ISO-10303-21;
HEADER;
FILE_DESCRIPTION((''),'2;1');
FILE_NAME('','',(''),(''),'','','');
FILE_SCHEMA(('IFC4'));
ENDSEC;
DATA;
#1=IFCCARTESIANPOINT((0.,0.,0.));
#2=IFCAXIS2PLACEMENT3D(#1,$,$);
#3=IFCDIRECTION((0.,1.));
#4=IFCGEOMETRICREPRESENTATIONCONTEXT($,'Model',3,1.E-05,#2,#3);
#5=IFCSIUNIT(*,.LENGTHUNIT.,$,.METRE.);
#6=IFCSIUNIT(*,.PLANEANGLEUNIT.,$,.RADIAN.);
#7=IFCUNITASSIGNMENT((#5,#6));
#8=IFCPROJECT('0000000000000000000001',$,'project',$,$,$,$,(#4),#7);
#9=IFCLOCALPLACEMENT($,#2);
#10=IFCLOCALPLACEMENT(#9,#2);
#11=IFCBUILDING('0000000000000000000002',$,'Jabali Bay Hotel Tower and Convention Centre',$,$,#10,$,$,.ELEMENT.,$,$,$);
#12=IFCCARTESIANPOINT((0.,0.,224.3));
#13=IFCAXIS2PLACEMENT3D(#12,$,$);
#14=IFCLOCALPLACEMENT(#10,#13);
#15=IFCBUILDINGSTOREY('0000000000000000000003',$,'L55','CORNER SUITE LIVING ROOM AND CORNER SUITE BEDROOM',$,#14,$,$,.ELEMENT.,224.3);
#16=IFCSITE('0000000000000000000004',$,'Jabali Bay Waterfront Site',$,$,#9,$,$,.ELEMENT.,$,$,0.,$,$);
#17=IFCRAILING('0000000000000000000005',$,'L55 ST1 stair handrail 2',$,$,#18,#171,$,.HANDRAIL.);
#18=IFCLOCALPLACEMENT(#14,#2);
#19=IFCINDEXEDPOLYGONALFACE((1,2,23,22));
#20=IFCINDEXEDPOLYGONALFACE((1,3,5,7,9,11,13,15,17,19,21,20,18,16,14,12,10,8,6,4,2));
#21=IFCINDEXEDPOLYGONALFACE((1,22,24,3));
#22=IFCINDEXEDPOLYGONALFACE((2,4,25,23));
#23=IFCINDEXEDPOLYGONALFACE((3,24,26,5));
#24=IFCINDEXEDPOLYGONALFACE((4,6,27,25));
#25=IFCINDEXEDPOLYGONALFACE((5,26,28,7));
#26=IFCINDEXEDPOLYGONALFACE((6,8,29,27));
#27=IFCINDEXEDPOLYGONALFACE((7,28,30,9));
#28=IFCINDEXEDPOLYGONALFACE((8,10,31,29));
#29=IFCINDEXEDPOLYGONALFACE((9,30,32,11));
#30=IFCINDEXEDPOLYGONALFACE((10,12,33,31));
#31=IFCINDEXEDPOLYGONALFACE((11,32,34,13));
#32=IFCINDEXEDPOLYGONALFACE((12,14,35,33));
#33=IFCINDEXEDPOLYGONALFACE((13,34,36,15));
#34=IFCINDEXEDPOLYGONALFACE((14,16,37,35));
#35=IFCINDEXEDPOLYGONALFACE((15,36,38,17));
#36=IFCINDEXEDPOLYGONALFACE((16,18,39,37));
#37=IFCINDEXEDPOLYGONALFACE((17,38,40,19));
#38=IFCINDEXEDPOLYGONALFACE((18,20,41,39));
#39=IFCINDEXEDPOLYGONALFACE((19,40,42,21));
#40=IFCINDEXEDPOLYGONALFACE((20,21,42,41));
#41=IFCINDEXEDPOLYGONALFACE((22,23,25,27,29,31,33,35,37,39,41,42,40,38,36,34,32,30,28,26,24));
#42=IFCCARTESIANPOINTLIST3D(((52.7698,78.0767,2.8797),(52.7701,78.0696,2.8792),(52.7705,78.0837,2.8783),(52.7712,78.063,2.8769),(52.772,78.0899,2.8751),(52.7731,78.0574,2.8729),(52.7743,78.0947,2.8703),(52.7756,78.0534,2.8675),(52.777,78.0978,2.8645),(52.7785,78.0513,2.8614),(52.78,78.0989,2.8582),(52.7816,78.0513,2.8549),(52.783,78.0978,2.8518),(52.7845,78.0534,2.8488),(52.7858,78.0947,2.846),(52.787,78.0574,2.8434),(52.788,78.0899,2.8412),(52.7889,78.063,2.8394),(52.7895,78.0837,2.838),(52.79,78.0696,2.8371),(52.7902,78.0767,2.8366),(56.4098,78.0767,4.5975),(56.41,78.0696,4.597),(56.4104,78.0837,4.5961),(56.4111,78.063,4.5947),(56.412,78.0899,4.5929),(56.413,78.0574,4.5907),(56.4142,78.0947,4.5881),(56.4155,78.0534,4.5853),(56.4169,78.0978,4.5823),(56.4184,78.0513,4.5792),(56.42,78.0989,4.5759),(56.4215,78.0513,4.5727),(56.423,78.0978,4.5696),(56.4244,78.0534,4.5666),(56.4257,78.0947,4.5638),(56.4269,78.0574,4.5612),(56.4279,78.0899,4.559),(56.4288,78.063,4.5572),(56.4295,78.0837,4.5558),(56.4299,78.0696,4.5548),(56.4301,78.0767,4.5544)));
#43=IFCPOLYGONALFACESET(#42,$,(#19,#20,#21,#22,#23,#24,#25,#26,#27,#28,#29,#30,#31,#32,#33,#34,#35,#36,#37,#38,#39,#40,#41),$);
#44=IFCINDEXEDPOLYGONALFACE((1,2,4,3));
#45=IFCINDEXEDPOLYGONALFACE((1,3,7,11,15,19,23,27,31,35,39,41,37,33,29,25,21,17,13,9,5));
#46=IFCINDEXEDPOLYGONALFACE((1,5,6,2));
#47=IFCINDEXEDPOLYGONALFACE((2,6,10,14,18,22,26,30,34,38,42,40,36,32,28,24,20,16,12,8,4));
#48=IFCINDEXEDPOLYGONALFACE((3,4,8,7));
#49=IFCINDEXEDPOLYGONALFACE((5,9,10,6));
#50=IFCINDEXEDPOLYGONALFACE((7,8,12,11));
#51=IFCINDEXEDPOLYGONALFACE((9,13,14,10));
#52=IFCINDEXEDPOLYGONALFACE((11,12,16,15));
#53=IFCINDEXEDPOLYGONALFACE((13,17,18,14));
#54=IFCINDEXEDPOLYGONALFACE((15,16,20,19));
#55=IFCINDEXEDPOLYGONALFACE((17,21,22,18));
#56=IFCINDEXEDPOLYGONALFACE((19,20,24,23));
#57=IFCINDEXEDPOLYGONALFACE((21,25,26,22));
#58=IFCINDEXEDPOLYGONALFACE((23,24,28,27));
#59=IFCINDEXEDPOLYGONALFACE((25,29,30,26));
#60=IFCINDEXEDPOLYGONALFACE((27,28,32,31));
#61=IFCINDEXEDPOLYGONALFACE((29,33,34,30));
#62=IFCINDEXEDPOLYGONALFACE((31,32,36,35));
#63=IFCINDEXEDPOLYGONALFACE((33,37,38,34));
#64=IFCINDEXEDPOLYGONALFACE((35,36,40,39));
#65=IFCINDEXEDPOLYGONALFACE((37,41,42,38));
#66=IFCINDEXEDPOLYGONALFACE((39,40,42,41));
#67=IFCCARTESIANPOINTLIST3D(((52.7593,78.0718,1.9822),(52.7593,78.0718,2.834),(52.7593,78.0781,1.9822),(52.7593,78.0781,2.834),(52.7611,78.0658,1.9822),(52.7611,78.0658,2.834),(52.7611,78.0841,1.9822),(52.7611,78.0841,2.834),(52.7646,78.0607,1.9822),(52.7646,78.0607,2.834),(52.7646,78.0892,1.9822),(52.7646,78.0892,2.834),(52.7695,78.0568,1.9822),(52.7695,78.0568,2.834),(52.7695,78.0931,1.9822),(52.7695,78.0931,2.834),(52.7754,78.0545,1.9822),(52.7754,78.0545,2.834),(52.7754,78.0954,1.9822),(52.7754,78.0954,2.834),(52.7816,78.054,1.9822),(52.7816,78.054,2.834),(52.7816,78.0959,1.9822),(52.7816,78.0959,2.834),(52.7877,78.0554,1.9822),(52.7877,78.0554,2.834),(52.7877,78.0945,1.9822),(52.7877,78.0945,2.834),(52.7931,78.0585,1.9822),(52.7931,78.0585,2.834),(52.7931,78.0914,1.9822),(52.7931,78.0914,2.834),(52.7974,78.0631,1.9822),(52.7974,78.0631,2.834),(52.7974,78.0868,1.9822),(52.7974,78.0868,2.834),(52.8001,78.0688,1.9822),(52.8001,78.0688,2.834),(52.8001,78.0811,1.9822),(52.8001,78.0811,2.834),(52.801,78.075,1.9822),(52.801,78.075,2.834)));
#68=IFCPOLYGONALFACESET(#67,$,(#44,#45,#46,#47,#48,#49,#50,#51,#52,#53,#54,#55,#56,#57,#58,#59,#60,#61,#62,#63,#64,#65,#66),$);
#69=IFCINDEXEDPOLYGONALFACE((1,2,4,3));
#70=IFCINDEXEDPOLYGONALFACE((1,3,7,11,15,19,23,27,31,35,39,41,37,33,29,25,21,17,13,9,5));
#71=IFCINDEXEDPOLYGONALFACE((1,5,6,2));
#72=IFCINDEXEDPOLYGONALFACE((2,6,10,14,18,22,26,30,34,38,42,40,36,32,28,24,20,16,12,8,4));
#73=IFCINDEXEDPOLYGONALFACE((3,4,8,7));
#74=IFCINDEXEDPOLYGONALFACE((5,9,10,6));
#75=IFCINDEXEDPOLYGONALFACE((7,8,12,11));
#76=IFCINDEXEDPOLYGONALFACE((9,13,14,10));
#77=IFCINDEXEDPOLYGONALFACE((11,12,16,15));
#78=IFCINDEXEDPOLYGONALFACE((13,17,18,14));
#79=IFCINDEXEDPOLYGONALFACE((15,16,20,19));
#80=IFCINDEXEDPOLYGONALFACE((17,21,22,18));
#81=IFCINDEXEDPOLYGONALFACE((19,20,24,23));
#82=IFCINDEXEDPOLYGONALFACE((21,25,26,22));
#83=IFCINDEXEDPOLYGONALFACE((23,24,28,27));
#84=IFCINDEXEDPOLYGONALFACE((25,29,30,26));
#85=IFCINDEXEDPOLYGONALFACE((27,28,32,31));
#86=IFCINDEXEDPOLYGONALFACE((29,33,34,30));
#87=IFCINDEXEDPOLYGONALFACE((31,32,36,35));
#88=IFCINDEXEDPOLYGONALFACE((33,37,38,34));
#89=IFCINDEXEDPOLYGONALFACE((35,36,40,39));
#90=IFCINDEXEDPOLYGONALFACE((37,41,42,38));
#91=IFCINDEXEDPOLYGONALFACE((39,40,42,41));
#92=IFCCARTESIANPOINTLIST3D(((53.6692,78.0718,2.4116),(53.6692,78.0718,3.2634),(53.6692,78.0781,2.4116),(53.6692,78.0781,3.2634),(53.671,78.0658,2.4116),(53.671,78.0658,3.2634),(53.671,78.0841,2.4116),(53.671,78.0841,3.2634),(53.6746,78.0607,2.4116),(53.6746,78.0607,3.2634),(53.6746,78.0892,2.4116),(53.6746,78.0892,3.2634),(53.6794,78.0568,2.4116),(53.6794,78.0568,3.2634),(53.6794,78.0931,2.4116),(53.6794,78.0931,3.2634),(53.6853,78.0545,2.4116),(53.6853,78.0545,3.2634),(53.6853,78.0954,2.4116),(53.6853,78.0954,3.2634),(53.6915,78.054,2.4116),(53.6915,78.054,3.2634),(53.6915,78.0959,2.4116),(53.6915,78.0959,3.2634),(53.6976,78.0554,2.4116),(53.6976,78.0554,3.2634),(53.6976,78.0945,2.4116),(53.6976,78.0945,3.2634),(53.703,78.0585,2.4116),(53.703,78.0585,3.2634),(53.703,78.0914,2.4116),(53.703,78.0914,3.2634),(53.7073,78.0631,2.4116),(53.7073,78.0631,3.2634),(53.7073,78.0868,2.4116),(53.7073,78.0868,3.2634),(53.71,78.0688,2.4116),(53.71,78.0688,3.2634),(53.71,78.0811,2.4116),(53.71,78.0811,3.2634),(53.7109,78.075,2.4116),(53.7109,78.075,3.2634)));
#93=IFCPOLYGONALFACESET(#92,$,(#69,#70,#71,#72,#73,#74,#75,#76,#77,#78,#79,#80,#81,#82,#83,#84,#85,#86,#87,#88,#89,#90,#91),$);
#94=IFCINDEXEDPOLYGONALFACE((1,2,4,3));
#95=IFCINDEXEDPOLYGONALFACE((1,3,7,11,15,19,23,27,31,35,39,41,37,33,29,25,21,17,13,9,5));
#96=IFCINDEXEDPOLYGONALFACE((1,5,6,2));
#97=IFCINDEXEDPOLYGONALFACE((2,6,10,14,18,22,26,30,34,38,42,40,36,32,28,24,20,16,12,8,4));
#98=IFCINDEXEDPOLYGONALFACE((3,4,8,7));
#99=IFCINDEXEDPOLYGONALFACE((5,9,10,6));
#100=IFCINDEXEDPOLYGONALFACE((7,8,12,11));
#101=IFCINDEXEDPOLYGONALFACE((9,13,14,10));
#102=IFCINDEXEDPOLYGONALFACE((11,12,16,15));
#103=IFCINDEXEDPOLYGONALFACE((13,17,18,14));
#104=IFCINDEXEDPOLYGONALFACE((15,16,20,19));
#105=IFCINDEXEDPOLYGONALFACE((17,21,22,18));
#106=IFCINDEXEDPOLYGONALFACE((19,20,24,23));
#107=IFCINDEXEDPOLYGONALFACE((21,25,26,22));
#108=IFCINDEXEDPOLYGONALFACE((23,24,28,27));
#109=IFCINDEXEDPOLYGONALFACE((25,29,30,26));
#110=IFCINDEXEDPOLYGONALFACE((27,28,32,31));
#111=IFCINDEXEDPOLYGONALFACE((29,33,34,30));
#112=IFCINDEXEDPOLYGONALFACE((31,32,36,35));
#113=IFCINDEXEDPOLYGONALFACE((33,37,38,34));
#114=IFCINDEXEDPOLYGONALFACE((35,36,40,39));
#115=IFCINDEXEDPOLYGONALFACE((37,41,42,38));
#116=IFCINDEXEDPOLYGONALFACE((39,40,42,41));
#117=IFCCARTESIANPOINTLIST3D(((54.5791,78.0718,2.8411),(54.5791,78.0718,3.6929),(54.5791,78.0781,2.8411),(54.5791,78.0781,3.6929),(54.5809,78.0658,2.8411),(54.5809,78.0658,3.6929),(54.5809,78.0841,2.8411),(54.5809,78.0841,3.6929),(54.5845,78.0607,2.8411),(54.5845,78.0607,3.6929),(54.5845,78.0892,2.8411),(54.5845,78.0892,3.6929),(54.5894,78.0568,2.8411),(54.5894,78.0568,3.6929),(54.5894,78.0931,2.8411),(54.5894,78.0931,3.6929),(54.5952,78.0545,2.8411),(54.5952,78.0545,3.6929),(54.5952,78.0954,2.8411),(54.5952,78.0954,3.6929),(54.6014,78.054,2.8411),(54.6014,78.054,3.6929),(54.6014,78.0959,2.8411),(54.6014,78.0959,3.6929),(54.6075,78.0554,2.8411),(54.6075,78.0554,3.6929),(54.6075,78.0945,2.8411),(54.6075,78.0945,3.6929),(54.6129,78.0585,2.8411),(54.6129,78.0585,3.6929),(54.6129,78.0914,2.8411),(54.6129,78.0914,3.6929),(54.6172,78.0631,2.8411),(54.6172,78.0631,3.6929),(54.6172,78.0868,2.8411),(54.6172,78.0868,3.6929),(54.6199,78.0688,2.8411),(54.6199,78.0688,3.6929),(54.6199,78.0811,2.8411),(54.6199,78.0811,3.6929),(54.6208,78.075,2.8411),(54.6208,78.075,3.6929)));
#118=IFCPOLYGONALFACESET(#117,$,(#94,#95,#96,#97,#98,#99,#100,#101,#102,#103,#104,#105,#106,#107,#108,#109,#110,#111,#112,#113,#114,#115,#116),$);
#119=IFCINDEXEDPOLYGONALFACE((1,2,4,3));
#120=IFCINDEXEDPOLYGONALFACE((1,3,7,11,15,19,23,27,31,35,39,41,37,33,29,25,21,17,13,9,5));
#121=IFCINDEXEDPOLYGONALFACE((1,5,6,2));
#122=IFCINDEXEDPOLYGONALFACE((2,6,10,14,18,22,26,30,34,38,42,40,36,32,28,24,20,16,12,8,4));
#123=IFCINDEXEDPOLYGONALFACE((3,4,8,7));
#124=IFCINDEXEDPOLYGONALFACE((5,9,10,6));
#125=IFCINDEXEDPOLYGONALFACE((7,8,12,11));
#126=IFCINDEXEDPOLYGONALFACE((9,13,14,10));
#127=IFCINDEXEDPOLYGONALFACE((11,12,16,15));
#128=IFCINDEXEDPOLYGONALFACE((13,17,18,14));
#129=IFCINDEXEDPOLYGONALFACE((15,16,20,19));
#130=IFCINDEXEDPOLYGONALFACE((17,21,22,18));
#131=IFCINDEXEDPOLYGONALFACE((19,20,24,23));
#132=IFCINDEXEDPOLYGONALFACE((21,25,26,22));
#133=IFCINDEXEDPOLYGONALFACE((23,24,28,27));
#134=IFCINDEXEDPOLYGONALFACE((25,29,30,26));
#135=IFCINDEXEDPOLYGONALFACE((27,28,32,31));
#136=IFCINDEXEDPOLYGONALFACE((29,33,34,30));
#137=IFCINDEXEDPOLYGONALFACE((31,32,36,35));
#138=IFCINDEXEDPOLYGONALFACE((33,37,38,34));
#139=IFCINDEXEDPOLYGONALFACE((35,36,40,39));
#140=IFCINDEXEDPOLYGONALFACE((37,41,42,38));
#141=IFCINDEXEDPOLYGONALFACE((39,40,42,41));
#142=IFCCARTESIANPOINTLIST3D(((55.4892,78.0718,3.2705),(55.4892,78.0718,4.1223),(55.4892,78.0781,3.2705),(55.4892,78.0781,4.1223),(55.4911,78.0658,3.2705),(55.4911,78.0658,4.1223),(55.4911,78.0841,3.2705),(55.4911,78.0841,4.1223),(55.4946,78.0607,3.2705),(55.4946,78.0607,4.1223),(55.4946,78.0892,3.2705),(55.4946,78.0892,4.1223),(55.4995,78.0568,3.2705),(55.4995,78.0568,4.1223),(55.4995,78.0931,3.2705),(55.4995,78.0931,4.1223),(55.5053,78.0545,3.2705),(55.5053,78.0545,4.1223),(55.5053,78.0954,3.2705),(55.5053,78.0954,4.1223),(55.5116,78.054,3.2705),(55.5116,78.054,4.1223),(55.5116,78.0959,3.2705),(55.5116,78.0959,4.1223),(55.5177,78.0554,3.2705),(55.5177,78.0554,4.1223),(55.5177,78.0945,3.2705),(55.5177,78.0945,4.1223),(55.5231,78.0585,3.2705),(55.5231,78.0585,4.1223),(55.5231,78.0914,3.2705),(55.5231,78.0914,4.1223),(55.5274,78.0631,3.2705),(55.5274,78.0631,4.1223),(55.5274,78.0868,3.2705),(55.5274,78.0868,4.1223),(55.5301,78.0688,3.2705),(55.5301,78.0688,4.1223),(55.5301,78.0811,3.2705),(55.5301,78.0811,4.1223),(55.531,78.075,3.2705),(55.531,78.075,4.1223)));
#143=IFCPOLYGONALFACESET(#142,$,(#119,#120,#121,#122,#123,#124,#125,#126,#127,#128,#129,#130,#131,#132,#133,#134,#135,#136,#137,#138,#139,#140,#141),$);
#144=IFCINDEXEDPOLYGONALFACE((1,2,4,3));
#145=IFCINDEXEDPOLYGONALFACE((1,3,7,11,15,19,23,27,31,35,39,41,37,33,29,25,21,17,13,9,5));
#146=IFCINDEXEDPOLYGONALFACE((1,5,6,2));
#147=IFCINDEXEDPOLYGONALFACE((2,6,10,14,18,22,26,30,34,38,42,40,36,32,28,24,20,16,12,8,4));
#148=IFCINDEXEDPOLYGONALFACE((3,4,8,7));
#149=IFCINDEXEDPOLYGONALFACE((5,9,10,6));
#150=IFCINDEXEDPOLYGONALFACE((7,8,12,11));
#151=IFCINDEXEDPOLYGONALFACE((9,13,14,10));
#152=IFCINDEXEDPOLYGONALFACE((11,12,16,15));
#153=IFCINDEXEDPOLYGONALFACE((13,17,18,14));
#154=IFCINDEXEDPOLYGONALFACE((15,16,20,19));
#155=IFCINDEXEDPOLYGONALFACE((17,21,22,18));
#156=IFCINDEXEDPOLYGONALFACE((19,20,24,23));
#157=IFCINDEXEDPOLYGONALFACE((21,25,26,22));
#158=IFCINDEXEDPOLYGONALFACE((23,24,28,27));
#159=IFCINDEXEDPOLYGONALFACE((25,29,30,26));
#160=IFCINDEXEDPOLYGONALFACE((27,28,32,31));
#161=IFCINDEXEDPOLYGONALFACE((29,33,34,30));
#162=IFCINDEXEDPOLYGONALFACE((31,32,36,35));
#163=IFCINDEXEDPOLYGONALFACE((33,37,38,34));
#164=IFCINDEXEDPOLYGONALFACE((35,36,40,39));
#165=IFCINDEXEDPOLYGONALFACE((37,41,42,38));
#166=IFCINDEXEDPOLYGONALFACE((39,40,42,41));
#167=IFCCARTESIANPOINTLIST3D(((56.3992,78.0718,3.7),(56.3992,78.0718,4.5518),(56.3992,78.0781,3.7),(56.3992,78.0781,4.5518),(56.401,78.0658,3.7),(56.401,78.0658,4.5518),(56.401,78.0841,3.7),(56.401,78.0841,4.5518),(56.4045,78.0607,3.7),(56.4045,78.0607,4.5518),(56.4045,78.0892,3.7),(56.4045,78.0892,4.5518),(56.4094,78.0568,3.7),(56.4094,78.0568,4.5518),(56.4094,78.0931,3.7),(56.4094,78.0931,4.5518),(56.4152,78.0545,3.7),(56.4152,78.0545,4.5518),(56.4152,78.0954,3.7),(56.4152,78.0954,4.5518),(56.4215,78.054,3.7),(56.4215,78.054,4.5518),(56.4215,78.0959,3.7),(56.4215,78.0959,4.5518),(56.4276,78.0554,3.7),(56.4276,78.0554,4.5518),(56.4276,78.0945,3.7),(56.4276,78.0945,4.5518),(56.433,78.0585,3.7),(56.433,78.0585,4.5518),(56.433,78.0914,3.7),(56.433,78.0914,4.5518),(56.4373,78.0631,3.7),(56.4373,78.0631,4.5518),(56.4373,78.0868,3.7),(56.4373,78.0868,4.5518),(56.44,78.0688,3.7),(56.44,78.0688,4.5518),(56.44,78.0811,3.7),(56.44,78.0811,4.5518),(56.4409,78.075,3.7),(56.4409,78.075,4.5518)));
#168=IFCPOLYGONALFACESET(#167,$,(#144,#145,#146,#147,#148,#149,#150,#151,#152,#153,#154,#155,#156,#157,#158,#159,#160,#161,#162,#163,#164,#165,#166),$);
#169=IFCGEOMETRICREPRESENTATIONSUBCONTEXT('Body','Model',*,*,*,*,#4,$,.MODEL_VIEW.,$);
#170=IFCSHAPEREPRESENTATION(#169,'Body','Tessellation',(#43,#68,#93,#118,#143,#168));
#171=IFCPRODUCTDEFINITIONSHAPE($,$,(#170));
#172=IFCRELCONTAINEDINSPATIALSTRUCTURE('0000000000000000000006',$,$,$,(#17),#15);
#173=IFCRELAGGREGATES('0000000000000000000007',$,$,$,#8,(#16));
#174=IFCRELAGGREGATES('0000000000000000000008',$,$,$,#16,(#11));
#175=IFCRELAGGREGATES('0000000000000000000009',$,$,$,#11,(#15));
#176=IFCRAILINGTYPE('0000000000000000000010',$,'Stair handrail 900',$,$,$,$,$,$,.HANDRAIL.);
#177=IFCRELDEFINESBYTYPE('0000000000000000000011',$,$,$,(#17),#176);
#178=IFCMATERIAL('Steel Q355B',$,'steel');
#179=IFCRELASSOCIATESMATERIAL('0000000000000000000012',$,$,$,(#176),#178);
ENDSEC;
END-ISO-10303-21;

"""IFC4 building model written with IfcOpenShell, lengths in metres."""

from ifc_helpers import new_model, si_unit, direction, frame, origin, origin_2d, place, context, subcontext, project, spatial, circle, extrude, material, type_object, element, save


model = new_model("IFC4")

# Units and contexts
model_context = context("Model", 3, precision=1e-05, world=origin(), true_north=direction((0.0, 1.0)))
body_context = subcontext(model_context, "Body", "Model", "MODEL_VIEW")
ifc_project = project(units=[si_unit("LENGTHUNIT", "METRE"), si_unit("PLANEANGLEUNIT", "RADIAN")], contexts=[model_context])

# Site, building, storey
site_placement = place(None, origin())
site = spatial("IfcSite", under=ifc_project, at=site_placement, Name="Jabali Bay Waterfront Site", CompositionType="ELEMENT", RefElevation=0.0)
building_placement = place(site_placement, origin())
building = spatial("IfcBuilding", under=site, at=building_placement, Name="Jabali Bay Hotel Tower and Convention Centre", CompositionType="ELEMENT")
storey_placement = place(building_placement, frame((0.0, 0.0, 224.3)))
storey = spatial("IfcBuildingStorey", under=building, at=storey_placement, Name="L55", Description="CORNER SUITE LIVING ROOM AND CORNER SUITE BEDROOM", CompositionType="ELEMENT", Elevation=224.3)

# Railing
ifc_material_1 = material(Name="Steel Q355B", Category="steel")
railing_type = type_object("IfcRailingType", Name="Stair handrail 900", PredefinedType="HANDRAIL", material=ifc_material_1)
railing_placement = place(storey_placement, frame((52.78, 78.075, 1.9822)))
element("IfcRailing", 1, at=railing_placement, inside=storey, type_object=railing_type, Name="L55 ST1 stair handrail 2", PredefinedType="HANDRAIL", context=body_context, shape_type="SweptSolid", body=[
    extrude(circle(Radius=0.0239, at=origin_2d()), frame((0.0, 0.0, 0.876), z_axis=(0.904351, 0.0, 0.42679), x_axis=(0.0, 1.0, 0.0)), (0.0, 0.0, 1.0), 4.0249),
    extrude(circle(Radius=0.021, at=origin_2d()), origin(), (0.0, 0.0, 1.0), 0.8518),
    extrude(circle(Radius=0.021, at=origin_2d()), frame((0.9099, 0.0, 0.4294)), (0.0, 0.0, 1.0), 0.8518),
    extrude(circle(Radius=0.021, at=origin_2d()), frame((1.8198, 0.0, 0.8589)), (0.0, 0.0, 1.0), 0.8518),
    extrude(circle(Radius=0.021, at=origin_2d()), frame((2.73, 0.0, 1.2883)), (0.0, 0.0, 1.0), 0.8518),
    extrude(circle(Radius=0.021, at=origin_2d()), frame((3.6399, 0.0, 1.7178)), (0.0, 0.0, 1.0), 0.8518),
])

save(model, "model.ifc")
